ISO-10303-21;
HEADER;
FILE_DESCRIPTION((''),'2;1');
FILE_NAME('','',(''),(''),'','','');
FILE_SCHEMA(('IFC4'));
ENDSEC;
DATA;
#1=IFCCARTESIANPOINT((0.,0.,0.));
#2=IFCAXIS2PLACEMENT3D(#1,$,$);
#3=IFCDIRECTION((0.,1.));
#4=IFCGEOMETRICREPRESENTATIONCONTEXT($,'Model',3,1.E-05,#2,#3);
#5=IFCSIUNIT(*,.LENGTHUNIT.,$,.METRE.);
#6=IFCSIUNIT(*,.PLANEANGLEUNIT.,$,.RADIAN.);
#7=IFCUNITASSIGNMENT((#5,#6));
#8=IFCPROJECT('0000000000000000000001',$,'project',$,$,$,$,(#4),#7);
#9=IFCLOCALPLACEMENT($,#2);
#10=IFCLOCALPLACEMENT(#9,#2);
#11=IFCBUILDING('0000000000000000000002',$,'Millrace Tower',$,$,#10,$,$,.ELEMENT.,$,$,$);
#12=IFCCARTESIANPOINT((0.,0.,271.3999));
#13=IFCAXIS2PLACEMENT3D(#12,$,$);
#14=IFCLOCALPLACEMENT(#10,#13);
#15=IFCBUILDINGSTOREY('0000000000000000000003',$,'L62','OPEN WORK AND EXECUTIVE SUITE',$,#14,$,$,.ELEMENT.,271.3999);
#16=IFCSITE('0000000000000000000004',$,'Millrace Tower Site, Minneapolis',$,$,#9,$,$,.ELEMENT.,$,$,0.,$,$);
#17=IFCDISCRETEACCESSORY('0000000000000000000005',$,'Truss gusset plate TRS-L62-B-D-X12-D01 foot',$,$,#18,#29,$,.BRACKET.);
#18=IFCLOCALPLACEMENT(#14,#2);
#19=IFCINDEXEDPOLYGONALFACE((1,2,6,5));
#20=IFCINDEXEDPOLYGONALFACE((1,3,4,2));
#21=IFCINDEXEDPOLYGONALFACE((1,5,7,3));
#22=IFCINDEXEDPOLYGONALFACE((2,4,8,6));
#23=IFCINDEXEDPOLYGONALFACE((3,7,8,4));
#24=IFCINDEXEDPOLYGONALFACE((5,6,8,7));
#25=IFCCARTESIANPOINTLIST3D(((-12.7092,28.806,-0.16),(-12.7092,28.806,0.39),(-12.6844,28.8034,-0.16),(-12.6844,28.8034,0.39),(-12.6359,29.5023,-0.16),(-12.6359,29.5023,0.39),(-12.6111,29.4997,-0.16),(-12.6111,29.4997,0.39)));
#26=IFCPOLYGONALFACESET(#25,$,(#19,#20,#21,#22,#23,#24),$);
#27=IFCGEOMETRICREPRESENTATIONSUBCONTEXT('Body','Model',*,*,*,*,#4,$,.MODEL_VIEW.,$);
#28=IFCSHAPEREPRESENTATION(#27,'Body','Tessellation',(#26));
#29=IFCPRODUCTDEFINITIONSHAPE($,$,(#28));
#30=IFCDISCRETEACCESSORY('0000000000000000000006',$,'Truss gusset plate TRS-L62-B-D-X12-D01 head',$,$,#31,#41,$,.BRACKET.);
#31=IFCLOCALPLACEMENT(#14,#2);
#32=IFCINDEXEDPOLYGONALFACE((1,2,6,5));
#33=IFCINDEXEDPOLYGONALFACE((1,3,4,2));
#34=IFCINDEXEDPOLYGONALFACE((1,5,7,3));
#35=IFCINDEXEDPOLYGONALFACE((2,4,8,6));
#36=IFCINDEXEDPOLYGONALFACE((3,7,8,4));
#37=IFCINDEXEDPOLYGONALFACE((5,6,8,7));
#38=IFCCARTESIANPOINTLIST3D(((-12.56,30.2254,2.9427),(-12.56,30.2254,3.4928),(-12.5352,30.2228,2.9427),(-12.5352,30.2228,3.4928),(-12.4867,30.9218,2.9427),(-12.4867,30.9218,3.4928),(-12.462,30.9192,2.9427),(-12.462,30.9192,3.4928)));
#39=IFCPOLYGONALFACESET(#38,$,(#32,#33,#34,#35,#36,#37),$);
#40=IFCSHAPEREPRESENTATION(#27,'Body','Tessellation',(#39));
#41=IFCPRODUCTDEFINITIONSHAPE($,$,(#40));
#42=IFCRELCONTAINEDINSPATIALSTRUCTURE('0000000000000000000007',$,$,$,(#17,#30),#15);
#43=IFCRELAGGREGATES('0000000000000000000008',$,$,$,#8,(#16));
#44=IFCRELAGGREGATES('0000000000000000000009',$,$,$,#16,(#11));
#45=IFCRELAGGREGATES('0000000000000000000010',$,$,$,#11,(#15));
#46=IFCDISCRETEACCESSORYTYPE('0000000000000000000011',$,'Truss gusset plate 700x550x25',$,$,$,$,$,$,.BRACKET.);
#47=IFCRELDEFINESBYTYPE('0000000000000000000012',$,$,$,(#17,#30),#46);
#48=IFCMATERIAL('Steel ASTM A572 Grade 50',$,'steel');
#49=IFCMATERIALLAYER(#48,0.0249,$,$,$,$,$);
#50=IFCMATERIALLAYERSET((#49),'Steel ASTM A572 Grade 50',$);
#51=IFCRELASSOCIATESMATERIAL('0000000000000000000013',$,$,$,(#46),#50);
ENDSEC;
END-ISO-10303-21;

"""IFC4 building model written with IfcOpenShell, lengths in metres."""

from ifc_helpers import new_model, si_unit, direction, frame, origin, origin_2d, place, context, subcontext, project, spatial, rectangle, extrude, material, layer, layer_set, type_object, element, save


model = new_model("IFC4")

# Units and contexts
model_context = context("Model", 3, precision=1e-05, world=origin(), true_north=direction((0.0, 1.0)))
body_context = subcontext(model_context, "Body", "Model", "MODEL_VIEW")
ifc_project = project(units=[si_unit("LENGTHUNIT", "METRE"), si_unit("PLANEANGLEUNIT", "RADIAN")], contexts=[model_context])

# Site, building, storey
site_placement = place(None, origin())
site = spatial("IfcSite", under=ifc_project, at=site_placement, Name="Millrace Tower Site, Minneapolis", CompositionType="ELEMENT", RefElevation=0.0)
building_placement = place(site_placement, origin())
building = spatial("IfcBuilding", under=site, at=building_placement, Name="Millrace Tower", CompositionType="ELEMENT")
storey_placement = place(building_placement, frame((0.0, 0.0, 271.3999)))
storey = spatial("IfcBuildingStorey", under=building, at=storey_placement, Name="L62", Description="OPEN WORK AND EXECUTIVE SUITE", CompositionType="ELEMENT", Elevation=271.3999)

# Discrete accessories
ifc_material_1 = material(Name="Steel ASTM A572 Grade 50", Category="steel")
ifc_layer_1 = layer(ifc_material_1, 0.0249)
ifc_layer_set_1 = layer_set([ifc_layer_1], Name="Steel ASTM A572 Grade 50")
discrete_accessory_type = type_object("IfcDiscreteAccessoryType", Name="Truss gusset plate 700x550x25", PredefinedType="BRACKET", material=ifc_layer_set_1)
for number, where, z_axis, x_axis, name in (
    (1, (-12.6968, 28.8047, 0.115), (0.104612, 0.994513, 0.0), (-0.994513, 0.104612, 0.0), "Truss gusset plate TRS-L62-B-D-X12-D01 foot"),
    (2, (-12.5476, 30.2241, 3.2178), (0.104612, 0.994513, 0.0), (-0.994513, 0.104612, 0.0), "Truss gusset plate TRS-L62-B-D-X12-D01 head"),
):
    element("IfcDiscreteAccessory", number, at=place(storey_placement, frame(where, z_axis=z_axis, x_axis=x_axis)), inside=storey, type_object=discrete_accessory_type, Name=name, PredefinedType="BRACKET", context=body_context, shape_type="SweptSolid", body=[
        extrude(rectangle(XDim=0.0249, YDim=0.55, at=origin_2d()), origin(), (0.0, 0.0, 1.0), 0.7002),
    ])

save(model, "model.ifc")
